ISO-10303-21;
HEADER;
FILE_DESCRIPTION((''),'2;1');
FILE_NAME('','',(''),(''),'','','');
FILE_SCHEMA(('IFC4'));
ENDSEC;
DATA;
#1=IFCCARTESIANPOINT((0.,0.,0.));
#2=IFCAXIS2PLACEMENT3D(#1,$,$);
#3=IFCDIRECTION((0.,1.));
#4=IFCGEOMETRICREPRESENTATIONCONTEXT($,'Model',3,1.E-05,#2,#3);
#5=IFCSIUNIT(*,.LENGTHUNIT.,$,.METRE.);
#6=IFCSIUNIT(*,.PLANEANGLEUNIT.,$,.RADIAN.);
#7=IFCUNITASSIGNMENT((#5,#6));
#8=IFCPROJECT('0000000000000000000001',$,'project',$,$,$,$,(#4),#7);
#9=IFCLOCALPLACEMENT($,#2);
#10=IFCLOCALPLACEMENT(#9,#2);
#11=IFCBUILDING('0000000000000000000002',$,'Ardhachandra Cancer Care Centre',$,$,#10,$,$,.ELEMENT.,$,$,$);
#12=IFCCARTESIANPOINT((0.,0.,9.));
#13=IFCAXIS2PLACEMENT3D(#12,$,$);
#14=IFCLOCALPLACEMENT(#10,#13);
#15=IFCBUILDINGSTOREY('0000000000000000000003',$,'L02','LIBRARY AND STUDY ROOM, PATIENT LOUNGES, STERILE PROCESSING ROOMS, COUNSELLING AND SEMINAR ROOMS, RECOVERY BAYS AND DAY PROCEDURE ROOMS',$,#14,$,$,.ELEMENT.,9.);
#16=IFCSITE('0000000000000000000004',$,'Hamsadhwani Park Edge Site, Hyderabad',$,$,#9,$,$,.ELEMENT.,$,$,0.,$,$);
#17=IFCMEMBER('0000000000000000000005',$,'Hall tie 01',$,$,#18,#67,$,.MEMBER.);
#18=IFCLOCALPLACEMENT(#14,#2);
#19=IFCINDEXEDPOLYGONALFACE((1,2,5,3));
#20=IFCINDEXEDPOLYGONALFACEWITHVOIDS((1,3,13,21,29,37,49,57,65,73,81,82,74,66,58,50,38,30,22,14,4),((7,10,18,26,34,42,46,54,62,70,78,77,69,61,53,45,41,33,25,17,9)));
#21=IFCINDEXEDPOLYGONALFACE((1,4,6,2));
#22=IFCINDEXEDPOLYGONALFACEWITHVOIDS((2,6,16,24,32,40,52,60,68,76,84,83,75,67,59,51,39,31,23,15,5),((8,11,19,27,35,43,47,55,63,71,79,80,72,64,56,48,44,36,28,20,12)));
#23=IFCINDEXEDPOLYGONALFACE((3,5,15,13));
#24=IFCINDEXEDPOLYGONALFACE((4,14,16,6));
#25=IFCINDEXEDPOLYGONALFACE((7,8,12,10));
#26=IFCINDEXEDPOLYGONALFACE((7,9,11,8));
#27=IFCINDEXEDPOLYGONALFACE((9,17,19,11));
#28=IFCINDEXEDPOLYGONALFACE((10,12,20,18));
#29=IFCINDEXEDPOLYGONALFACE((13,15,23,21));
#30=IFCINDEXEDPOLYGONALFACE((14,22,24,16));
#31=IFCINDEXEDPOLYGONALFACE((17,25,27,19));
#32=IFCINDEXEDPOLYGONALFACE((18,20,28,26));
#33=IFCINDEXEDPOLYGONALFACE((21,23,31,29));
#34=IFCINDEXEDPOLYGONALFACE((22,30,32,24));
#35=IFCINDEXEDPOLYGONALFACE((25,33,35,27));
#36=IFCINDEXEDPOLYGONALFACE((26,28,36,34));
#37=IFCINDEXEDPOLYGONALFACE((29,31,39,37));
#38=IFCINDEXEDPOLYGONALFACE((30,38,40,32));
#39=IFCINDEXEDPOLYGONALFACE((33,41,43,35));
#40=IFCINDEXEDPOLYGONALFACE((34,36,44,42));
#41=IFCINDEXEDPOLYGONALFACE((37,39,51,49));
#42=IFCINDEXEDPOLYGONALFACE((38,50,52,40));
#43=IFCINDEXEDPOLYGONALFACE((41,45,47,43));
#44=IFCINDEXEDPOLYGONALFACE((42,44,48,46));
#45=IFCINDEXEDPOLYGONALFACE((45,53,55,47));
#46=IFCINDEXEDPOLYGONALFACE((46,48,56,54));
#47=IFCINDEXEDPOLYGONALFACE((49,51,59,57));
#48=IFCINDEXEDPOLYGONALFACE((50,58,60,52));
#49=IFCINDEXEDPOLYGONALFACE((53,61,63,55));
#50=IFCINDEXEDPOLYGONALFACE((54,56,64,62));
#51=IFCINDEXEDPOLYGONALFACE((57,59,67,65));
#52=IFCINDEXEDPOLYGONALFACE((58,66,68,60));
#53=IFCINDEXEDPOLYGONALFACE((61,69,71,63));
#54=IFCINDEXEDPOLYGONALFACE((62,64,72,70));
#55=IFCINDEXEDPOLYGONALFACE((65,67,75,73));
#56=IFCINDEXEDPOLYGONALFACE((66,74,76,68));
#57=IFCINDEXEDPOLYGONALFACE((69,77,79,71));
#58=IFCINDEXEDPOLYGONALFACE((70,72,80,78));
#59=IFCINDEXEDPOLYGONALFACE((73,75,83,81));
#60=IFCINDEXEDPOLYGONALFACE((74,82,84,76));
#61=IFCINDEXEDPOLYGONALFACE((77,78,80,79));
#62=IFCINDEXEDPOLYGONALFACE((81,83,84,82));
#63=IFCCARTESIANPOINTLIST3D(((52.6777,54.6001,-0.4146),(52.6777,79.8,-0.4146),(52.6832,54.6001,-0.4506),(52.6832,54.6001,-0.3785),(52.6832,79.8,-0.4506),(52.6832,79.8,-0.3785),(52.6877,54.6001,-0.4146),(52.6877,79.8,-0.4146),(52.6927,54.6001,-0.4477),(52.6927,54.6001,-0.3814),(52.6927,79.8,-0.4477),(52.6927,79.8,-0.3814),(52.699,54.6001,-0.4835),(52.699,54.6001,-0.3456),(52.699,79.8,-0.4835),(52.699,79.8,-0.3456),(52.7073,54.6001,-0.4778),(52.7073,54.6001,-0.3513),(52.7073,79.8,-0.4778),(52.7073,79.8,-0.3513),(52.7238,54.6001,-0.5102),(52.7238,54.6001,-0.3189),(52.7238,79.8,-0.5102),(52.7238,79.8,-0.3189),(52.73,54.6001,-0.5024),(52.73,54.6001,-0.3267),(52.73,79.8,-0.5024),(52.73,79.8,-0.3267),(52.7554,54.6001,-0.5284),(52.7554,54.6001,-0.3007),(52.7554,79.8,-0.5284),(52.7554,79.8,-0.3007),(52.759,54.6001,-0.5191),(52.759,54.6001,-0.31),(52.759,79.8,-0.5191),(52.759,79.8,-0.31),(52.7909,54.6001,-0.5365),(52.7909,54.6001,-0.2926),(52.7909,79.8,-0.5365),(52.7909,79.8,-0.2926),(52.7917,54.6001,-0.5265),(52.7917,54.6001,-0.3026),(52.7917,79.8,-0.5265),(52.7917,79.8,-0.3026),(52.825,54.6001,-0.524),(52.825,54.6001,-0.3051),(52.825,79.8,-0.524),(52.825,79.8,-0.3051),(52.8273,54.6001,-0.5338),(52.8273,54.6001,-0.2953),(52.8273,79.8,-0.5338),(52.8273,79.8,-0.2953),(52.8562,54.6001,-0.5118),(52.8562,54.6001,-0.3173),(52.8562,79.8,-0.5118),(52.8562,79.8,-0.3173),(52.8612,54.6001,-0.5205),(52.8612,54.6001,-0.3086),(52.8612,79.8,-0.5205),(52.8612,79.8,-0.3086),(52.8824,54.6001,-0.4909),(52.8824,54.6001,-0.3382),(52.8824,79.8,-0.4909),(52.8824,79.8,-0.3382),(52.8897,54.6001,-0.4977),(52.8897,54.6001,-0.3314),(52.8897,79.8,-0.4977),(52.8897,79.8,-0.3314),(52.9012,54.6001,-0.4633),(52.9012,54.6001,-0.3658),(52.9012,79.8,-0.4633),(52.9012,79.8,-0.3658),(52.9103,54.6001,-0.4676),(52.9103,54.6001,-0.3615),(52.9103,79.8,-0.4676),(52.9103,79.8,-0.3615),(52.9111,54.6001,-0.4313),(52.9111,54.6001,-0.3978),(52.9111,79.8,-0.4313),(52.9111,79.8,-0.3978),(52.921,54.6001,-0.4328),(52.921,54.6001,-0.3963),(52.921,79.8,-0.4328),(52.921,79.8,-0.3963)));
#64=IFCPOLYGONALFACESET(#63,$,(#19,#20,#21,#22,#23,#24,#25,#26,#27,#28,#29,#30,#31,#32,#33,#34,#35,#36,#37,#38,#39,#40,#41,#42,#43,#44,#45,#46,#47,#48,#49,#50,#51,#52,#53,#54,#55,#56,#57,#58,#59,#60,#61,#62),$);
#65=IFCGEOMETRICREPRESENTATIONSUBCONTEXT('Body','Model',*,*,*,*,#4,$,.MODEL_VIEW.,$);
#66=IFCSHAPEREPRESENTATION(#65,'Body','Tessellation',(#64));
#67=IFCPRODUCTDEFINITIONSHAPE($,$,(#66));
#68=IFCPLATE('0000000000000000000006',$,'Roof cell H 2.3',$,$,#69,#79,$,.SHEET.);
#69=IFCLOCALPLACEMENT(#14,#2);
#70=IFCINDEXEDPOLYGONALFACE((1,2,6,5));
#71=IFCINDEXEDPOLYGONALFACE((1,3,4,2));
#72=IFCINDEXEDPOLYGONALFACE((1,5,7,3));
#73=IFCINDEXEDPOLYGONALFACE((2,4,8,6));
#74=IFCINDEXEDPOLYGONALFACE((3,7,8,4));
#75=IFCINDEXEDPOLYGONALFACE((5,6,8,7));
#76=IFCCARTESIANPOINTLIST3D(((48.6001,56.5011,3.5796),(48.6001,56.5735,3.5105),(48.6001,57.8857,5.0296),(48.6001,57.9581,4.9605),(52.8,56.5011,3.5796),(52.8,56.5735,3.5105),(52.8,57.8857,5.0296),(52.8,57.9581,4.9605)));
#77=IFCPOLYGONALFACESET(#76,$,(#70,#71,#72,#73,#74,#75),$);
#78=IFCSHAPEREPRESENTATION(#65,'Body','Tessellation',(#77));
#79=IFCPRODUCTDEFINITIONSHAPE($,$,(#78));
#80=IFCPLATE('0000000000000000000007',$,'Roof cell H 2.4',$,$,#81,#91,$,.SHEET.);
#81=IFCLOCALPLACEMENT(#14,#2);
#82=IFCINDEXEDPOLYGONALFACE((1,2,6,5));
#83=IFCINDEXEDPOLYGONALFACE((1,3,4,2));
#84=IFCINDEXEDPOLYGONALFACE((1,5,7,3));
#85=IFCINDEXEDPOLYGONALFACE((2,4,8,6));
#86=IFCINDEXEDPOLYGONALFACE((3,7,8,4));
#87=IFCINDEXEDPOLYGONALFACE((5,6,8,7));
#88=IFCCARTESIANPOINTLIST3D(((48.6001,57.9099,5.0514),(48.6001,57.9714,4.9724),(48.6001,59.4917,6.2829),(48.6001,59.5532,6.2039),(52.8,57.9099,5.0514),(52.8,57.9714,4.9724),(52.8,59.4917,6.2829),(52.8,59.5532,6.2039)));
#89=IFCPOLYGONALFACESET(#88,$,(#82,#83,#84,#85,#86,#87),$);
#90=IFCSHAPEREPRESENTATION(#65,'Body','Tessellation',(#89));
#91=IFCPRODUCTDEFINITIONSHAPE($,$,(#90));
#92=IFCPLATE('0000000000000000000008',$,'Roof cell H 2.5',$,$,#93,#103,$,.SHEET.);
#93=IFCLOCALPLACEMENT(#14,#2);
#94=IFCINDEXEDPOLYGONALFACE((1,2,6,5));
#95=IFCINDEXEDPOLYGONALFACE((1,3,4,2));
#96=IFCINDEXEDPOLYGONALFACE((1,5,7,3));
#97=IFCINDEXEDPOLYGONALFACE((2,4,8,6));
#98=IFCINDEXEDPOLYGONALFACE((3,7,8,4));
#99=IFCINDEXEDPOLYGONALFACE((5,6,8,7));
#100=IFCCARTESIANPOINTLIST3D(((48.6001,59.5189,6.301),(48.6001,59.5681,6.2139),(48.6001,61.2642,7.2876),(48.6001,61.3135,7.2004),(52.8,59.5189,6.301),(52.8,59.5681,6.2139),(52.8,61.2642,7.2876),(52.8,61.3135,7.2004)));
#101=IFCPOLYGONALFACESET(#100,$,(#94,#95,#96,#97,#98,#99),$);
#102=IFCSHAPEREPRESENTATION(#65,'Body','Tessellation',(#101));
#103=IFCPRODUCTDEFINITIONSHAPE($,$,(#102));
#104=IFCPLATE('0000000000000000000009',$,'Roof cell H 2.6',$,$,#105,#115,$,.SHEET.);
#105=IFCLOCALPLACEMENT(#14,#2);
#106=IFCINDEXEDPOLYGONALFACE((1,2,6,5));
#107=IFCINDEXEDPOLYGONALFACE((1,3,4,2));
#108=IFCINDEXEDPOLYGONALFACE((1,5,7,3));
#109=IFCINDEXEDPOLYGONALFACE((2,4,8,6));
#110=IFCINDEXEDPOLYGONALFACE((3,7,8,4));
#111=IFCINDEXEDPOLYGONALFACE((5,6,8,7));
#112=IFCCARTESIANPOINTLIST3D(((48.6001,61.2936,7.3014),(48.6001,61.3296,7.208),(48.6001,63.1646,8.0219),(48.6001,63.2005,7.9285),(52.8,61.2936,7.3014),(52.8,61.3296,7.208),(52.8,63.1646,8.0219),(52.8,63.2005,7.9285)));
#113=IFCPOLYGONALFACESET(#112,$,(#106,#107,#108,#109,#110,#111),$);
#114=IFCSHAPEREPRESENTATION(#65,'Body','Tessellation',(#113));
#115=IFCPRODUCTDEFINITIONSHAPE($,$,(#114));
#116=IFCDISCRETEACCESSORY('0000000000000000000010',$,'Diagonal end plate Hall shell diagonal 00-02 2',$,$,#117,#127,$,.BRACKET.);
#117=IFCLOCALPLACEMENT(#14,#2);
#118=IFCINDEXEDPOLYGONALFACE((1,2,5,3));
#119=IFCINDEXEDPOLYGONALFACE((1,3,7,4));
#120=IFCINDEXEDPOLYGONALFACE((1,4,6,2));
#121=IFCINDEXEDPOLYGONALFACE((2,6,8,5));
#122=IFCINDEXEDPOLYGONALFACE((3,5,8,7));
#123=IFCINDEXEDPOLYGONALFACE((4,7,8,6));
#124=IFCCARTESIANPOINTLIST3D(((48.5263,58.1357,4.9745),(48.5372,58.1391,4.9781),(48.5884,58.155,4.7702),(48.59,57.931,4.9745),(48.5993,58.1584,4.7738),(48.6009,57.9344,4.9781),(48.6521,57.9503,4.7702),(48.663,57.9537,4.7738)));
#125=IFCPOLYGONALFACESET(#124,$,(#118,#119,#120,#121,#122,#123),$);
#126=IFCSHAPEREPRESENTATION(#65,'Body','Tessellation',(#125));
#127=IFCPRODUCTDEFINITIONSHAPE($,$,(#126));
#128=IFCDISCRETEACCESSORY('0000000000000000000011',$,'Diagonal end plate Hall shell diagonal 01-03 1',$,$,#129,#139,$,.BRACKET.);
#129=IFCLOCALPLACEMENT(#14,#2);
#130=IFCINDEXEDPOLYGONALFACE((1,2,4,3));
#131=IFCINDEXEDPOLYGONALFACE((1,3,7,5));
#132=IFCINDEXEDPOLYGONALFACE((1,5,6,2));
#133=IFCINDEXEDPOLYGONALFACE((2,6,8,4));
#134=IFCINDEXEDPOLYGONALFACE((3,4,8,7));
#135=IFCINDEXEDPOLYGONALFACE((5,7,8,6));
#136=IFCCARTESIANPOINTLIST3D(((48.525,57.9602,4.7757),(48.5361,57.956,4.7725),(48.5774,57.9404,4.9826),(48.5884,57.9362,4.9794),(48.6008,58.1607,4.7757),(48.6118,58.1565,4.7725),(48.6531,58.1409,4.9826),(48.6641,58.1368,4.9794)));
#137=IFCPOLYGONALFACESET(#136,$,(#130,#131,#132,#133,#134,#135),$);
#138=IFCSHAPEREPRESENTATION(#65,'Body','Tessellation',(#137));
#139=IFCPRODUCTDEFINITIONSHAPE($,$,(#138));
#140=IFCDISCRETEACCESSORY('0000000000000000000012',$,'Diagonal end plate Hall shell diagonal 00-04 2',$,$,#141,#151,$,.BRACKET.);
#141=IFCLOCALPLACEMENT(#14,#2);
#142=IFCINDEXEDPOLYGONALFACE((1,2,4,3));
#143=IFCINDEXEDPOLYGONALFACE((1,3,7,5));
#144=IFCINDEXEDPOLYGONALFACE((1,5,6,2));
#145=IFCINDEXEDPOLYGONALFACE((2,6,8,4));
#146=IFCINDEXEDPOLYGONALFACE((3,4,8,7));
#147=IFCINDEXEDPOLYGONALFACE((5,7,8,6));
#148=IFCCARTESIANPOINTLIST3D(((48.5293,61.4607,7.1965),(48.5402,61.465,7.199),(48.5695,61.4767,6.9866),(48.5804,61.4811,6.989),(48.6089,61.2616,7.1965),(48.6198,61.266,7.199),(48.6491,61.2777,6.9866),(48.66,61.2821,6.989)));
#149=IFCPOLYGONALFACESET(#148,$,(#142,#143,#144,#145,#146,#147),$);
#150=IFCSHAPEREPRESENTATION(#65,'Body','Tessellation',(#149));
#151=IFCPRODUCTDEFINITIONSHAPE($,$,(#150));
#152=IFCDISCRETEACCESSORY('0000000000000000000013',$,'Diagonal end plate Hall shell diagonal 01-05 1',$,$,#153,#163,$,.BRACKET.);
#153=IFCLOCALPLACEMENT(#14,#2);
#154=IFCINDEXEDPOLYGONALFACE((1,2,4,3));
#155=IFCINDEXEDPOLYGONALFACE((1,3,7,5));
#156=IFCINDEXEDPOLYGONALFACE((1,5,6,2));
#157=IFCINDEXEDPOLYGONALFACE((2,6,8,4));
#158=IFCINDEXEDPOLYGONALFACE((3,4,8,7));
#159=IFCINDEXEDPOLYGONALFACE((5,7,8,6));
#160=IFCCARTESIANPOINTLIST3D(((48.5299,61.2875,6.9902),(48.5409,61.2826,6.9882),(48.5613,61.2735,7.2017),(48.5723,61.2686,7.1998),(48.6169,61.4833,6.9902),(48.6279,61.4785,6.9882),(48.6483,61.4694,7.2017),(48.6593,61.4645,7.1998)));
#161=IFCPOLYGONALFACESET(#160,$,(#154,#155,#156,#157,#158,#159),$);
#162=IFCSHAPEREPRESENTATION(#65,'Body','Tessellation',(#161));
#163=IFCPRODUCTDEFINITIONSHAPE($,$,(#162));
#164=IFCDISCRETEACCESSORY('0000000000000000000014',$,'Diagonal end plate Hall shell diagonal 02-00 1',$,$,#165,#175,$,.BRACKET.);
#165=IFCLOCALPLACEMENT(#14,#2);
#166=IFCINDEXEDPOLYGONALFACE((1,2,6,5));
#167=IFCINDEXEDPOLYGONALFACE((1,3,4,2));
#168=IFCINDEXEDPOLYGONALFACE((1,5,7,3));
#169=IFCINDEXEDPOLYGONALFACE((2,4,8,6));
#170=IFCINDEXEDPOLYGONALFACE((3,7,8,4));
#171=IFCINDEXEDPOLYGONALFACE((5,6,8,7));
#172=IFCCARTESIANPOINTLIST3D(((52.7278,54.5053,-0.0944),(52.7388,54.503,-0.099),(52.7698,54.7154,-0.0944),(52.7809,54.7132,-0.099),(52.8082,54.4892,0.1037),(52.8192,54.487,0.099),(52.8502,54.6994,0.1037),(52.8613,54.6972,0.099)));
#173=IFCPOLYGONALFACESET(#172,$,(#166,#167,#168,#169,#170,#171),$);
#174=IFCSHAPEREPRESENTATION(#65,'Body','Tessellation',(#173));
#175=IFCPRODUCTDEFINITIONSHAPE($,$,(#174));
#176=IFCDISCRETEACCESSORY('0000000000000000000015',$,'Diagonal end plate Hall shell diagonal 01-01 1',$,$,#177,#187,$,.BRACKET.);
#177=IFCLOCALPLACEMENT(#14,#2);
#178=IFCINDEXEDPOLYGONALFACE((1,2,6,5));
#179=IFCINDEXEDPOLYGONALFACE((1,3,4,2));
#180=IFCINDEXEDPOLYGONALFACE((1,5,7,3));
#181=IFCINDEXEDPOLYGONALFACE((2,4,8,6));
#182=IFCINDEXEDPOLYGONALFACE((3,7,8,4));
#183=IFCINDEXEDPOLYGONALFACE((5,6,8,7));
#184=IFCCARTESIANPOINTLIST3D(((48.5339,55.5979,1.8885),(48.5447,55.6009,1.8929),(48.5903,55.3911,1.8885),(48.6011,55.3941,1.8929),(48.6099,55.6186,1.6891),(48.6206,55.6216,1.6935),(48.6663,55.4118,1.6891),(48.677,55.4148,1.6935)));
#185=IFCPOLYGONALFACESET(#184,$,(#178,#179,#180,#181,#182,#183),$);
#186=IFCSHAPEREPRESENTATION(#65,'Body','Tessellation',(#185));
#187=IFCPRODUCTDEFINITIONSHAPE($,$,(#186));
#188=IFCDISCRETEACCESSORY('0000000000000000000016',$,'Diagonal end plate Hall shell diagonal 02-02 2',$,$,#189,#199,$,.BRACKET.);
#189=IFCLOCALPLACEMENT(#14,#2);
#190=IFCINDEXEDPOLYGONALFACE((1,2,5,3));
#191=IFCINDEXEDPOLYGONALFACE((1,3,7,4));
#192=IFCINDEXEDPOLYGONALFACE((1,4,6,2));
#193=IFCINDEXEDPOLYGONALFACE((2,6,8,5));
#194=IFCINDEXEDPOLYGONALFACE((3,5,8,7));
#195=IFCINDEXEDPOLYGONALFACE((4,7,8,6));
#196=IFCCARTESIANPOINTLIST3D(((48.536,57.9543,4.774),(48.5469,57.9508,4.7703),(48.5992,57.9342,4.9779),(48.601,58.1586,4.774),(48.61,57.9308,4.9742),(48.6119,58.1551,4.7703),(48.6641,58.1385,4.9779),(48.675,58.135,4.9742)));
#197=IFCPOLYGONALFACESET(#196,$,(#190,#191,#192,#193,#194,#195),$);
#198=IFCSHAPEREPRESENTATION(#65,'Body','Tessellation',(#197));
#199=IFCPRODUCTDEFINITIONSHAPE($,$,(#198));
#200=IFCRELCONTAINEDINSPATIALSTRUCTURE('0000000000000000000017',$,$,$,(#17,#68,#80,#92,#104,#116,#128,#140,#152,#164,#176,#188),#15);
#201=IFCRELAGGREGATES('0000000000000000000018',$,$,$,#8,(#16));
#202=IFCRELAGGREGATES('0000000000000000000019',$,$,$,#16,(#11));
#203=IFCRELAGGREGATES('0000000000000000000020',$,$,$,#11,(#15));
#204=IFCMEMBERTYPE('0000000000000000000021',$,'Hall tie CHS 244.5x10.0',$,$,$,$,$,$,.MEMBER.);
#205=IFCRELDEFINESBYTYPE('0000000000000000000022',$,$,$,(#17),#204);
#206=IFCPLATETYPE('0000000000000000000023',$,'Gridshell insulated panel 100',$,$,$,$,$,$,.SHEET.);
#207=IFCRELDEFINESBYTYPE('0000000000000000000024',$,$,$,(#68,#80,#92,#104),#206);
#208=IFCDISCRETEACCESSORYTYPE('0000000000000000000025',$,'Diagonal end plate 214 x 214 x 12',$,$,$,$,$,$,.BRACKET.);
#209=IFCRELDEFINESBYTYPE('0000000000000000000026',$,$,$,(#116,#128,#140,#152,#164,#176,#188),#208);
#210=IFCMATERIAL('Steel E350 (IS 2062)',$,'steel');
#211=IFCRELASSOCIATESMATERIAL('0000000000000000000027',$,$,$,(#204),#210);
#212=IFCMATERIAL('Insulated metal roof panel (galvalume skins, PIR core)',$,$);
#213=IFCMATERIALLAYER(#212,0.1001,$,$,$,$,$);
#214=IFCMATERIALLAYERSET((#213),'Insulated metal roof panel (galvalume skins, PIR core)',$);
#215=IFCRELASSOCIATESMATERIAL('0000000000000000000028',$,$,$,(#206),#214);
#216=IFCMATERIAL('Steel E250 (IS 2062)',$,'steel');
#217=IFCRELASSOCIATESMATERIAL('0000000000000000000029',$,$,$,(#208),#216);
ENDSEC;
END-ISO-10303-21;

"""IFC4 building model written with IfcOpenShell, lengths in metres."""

from ifc_helpers import new_model, si_unit, direction, frame, origin, origin_2d, place, context, subcontext, project, spatial, polyline, rectangle, hollow_circle, outline, extrude, material, layer, layer_set, material_profile, profile_set, type_object, element, save


model = new_model("IFC4")

# Units and contexts
model_context = context("Model", 3, precision=1e-05, world=origin(), true_north=direction((0.0, 1.0)))
body_context = subcontext(model_context, "Body", "Model", "MODEL_VIEW")
ifc_project = project(units=[si_unit("LENGTHUNIT", "METRE"), si_unit("PLANEANGLEUNIT", "RADIAN")], contexts=[model_context])

# Site, building, storey
site_placement = place(None, origin())
site = spatial("IfcSite", under=ifc_project, at=site_placement, Name="Hamsadhwani Park Edge Site, Hyderabad", CompositionType="ELEMENT", RefElevation=0.0)
building_placement = place(site_placement, origin())
building = spatial("IfcBuilding", under=site, at=building_placement, Name="Ardhachandra Cancer Care Centre", CompositionType="ELEMENT")
storey_placement = place(building_placement, frame((0.0, 0.0, 9.0)))
storey = spatial("IfcBuildingStorey", under=building, at=storey_placement, Name="L02", Description="LIBRARY AND STUDY ROOM, PATIENT LOUNGES, STERILE PROCESSING ROOMS, COUNSELLING AND SEMINAR ROOMS, RECOVERY BAYS AND DAY PROCEDURE ROOMS", CompositionType="ELEMENT", Elevation=9.0)

# Member
ifc_material_1 = material(Name="Steel E350 (IS 2062)", Category="steel")
ifc_material_profile_1 = material_profile(ifc_material_1, hollow_circle(Radius=0.1223, WallThickness=0.01, at=origin_2d()), Name="CHS 244.5x10.0")
ifc_profile_set_1 = profile_set([ifc_material_profile_1], Name="Steel E350 (IS 2062)")
member_type_1 = type_object("IfcMemberType", Name="Hall tie CHS 244.5x10.0", PredefinedType="MEMBER", material=ifc_profile_set_1)
member_1_placement = place(storey_placement, frame((52.8, 54.6001, -0.4146), z_axis=(0.0, 1.0, 0.0), x_axis=(-1.0, 0.0, 0.0)))
element("IfcMember", 1, at=member_1_placement, inside=storey, type_object=member_type_1, Name="Hall tie 01", PredefinedType="MEMBER", context=body_context, shape_type="SweptSolid", body=[
    extrude(hollow_circle(Radius=0.1223, WallThickness=0.01, at=origin_2d()), origin(), (0.0, 0.0, 1.0), 25.2),
])

# Plates
ifc_material_2 = material(Name="Insulated metal roof panel (galvalume skins, PIR core)")
ifc_layer = layer(ifc_material_2, 0.1001)
ifc_layer_set = layer_set([ifc_layer], Name="Insulated metal roof panel (galvalume skins, PIR core)")
plate_type = type_object("IfcPlateType", Name="Gridshell insulated panel 100", PredefinedType="SHEET", material=ifc_layer_set)
plate_1_placement = place(storey_placement, frame((48.6001, 56.5735, 3.5105), z_axis=(0.0, -0.723237, 0.6906), x_axis=(1.0, 0.0, 0.0)))
element("IfcPlate", 2, at=plate_1_placement, inside=storey, type_object=plate_type, Name="Roof cell H 2.3", PredefinedType="SHEET", context=body_context, shape_type="SweptSolid", body=[
    extrude(outline(polyline([(0.0, 0.0), (4.2, 0.0), (4.2, 2.0049), (0.0, 2.0049), (0.0, 0.0)])), origin(), (0.0, 0.0, 1.0), 0.1001),
])
plate_2_placement = place(storey_placement, frame((48.6001, 57.9714, 4.9724), z_axis=(0.0, -0.614303, 0.78907), x_axis=(1.0, 0.0, 0.0)))
element("IfcPlate", 3, at=plate_2_placement, inside=storey, type_object=plate_type, Name="Roof cell H 2.4", PredefinedType="SHEET", context=body_context, shape_type="SweptSolid", body=[
    extrude(outline(polyline([(0.0, 0.0), (4.2, 0.0), (4.2, 2.0046), (0.0, 2.0046), (0.0, 0.0)])), origin(), (0.0, 0.0, 1.0), 0.1001),
])
for number, where, z_axis, x_axis, name in (
    (4, (48.6001, 59.5681, 6.2139), (0.0, -0.492081, 0.870549), (1.0, 0.0, 0.0), "Roof cell H 2.5"),
    (5, (48.6001, 61.3296, 7.208), (0.0, -0.359371, 0.933195), (1.0, 0.0, 0.0), "Roof cell H 2.6"),
):
    element("IfcPlate", number, at=place(storey_placement, frame(where, z_axis=z_axis, x_axis=x_axis)), inside=storey, type_object=plate_type, Name=name, PredefinedType="SHEET", context=body_context, shape_type="SweptSolid", body=[
        extrude(outline(polyline([(0.0, 0.0), (4.2, 0.0), (4.2, 2.0049), (0.0, 2.0049), (0.0, 0.0)])), origin(), (0.0, 0.0, 1.0), 0.1001),
    ])

# Discrete accessories
ifc_material_3 = material(Name="Steel E250 (IS 2062)", Category="steel")
ifc_material_profile_2 = material_profile(ifc_material_3, rectangle(XDim=0.2144, YDim=0.2144, at=origin_2d()), Name="PL 214x214x12")
ifc_profile_set_2 = profile_set([ifc_material_profile_2], Name="Steel E250 (IS 2062)")
discrete_accessory_type = type_object("IfcDiscreteAccessoryType", Name="Diagonal end plate 214 x 214 x 12", PredefinedType="BRACKET", material=ifc_profile_set_2)
discrete_accessory_1_placement = place(storey_placement, frame((48.6001, 58.0464, 4.876), z_axis=(-0.90988, -0.283074, -0.303293), x_axis=(0.297067, -0.954857, 0.0)))
element("IfcDiscreteAccessory", 6, at=discrete_accessory_1_placement, inside=storey, type_object=discrete_accessory_type, Name="Diagonal end plate Hall shell diagonal 00-02 2", PredefinedType="BRACKET", context=body_context, shape_type="SweptSolid", body=[
    extrude(rectangle(XDim=0.2144, YDim=0.2144, at=origin_2d()), origin(), (0.0, 0.0, 1.0), 0.012),
])
discrete_accessory_2_placement = place(storey_placement, frame((48.6001, 58.0464, 4.876), z_axis=(-0.903076, 0.341162, 0.260889), x_axis=(-0.353401, -0.935472, 0.0)))
element("IfcDiscreteAccessory", 7, at=discrete_accessory_2_placement, inside=storey, type_object=discrete_accessory_type, Name="Diagonal end plate Hall shell diagonal 01-03 1", PredefinedType="BRACKET", context=body_context, shape_type="SweptSolid", body=[
    extrude(rectangle(XDim=0.2144, YDim=0.2144, at=origin_2d()), origin(), (0.0, 0.0, 1.0), 0.0122),
])
discrete_accessory_3_placement = place(storey_placement, frame((48.6001, 61.3735, 7.094), z_axis=(-0.909323, -0.363729, -0.202072), x_axis=(0.371391, -0.928477, 0.0)))
element("IfcDiscreteAccessory", 8, at=discrete_accessory_3_placement, inside=storey, type_object=discrete_accessory_type, Name="Diagonal end plate Hall shell diagonal 00-04 2", PredefinedType="BRACKET", context=body_context, shape_type="SweptSolid", body=[
    extrude(rectangle(XDim=0.2144, YDim=0.2144, at=origin_2d()), origin(), (0.0, 0.0, 1.0), 0.012),
])
for number, where, z_axis, x_axis, name in (
    (9, (48.6001, 61.3735, 7.094), (-0.901987, 0.400883, 0.160353), (-0.406138, -0.913812, 0.0), "Diagonal end plate Hall shell diagonal 01-05 1"),
    (10, (52.8, 54.6001, 0.0), (-0.905999, 0.1812, 0.382533), (-0.196116, -0.980581, 0.0), "Diagonal end plate Hall shell diagonal 02-00 1"),
):
    element("IfcDiscreteAccessory", number, at=place(storey_placement, frame(where, z_axis=z_axis, x_axis=x_axis)), inside=storey, type_object=discrete_accessory_type, Name=name, PredefinedType="BRACKET", context=body_context, shape_type="SweptSolid", body=[
        extrude(rectangle(XDim=0.2144, YDim=0.2144, at=origin_2d()), origin(), (0.0, 0.0, 1.0), 0.0122),
    ])
for number, where, z_axis, x_axis, name in (
    (11, (48.6001, 55.5049, 1.7888), (0.897399, 0.244745, 0.367118), (-0.263117, 0.964764, 0.0), "Diagonal end plate Hall shell diagonal 01-01 1"),
    (12, (48.6001, 58.0464, 4.876), (0.906302, -0.288369, -0.308967), (0.303204, 0.952926, 0.0), "Diagonal end plate Hall shell diagonal 02-02 2"),
):
    element("IfcDiscreteAccessory", number, at=place(storey_placement, frame(where, z_axis=z_axis, x_axis=x_axis)), inside=storey, type_object=discrete_accessory_type, Name=name, PredefinedType="BRACKET", context=body_context, shape_type="SweptSolid", body=[
        extrude(rectangle(XDim=0.2144, YDim=0.2144, at=origin_2d()), origin(), (0.0, 0.0, 1.0), 0.012),
    ])

save(model, "model.ifc")
